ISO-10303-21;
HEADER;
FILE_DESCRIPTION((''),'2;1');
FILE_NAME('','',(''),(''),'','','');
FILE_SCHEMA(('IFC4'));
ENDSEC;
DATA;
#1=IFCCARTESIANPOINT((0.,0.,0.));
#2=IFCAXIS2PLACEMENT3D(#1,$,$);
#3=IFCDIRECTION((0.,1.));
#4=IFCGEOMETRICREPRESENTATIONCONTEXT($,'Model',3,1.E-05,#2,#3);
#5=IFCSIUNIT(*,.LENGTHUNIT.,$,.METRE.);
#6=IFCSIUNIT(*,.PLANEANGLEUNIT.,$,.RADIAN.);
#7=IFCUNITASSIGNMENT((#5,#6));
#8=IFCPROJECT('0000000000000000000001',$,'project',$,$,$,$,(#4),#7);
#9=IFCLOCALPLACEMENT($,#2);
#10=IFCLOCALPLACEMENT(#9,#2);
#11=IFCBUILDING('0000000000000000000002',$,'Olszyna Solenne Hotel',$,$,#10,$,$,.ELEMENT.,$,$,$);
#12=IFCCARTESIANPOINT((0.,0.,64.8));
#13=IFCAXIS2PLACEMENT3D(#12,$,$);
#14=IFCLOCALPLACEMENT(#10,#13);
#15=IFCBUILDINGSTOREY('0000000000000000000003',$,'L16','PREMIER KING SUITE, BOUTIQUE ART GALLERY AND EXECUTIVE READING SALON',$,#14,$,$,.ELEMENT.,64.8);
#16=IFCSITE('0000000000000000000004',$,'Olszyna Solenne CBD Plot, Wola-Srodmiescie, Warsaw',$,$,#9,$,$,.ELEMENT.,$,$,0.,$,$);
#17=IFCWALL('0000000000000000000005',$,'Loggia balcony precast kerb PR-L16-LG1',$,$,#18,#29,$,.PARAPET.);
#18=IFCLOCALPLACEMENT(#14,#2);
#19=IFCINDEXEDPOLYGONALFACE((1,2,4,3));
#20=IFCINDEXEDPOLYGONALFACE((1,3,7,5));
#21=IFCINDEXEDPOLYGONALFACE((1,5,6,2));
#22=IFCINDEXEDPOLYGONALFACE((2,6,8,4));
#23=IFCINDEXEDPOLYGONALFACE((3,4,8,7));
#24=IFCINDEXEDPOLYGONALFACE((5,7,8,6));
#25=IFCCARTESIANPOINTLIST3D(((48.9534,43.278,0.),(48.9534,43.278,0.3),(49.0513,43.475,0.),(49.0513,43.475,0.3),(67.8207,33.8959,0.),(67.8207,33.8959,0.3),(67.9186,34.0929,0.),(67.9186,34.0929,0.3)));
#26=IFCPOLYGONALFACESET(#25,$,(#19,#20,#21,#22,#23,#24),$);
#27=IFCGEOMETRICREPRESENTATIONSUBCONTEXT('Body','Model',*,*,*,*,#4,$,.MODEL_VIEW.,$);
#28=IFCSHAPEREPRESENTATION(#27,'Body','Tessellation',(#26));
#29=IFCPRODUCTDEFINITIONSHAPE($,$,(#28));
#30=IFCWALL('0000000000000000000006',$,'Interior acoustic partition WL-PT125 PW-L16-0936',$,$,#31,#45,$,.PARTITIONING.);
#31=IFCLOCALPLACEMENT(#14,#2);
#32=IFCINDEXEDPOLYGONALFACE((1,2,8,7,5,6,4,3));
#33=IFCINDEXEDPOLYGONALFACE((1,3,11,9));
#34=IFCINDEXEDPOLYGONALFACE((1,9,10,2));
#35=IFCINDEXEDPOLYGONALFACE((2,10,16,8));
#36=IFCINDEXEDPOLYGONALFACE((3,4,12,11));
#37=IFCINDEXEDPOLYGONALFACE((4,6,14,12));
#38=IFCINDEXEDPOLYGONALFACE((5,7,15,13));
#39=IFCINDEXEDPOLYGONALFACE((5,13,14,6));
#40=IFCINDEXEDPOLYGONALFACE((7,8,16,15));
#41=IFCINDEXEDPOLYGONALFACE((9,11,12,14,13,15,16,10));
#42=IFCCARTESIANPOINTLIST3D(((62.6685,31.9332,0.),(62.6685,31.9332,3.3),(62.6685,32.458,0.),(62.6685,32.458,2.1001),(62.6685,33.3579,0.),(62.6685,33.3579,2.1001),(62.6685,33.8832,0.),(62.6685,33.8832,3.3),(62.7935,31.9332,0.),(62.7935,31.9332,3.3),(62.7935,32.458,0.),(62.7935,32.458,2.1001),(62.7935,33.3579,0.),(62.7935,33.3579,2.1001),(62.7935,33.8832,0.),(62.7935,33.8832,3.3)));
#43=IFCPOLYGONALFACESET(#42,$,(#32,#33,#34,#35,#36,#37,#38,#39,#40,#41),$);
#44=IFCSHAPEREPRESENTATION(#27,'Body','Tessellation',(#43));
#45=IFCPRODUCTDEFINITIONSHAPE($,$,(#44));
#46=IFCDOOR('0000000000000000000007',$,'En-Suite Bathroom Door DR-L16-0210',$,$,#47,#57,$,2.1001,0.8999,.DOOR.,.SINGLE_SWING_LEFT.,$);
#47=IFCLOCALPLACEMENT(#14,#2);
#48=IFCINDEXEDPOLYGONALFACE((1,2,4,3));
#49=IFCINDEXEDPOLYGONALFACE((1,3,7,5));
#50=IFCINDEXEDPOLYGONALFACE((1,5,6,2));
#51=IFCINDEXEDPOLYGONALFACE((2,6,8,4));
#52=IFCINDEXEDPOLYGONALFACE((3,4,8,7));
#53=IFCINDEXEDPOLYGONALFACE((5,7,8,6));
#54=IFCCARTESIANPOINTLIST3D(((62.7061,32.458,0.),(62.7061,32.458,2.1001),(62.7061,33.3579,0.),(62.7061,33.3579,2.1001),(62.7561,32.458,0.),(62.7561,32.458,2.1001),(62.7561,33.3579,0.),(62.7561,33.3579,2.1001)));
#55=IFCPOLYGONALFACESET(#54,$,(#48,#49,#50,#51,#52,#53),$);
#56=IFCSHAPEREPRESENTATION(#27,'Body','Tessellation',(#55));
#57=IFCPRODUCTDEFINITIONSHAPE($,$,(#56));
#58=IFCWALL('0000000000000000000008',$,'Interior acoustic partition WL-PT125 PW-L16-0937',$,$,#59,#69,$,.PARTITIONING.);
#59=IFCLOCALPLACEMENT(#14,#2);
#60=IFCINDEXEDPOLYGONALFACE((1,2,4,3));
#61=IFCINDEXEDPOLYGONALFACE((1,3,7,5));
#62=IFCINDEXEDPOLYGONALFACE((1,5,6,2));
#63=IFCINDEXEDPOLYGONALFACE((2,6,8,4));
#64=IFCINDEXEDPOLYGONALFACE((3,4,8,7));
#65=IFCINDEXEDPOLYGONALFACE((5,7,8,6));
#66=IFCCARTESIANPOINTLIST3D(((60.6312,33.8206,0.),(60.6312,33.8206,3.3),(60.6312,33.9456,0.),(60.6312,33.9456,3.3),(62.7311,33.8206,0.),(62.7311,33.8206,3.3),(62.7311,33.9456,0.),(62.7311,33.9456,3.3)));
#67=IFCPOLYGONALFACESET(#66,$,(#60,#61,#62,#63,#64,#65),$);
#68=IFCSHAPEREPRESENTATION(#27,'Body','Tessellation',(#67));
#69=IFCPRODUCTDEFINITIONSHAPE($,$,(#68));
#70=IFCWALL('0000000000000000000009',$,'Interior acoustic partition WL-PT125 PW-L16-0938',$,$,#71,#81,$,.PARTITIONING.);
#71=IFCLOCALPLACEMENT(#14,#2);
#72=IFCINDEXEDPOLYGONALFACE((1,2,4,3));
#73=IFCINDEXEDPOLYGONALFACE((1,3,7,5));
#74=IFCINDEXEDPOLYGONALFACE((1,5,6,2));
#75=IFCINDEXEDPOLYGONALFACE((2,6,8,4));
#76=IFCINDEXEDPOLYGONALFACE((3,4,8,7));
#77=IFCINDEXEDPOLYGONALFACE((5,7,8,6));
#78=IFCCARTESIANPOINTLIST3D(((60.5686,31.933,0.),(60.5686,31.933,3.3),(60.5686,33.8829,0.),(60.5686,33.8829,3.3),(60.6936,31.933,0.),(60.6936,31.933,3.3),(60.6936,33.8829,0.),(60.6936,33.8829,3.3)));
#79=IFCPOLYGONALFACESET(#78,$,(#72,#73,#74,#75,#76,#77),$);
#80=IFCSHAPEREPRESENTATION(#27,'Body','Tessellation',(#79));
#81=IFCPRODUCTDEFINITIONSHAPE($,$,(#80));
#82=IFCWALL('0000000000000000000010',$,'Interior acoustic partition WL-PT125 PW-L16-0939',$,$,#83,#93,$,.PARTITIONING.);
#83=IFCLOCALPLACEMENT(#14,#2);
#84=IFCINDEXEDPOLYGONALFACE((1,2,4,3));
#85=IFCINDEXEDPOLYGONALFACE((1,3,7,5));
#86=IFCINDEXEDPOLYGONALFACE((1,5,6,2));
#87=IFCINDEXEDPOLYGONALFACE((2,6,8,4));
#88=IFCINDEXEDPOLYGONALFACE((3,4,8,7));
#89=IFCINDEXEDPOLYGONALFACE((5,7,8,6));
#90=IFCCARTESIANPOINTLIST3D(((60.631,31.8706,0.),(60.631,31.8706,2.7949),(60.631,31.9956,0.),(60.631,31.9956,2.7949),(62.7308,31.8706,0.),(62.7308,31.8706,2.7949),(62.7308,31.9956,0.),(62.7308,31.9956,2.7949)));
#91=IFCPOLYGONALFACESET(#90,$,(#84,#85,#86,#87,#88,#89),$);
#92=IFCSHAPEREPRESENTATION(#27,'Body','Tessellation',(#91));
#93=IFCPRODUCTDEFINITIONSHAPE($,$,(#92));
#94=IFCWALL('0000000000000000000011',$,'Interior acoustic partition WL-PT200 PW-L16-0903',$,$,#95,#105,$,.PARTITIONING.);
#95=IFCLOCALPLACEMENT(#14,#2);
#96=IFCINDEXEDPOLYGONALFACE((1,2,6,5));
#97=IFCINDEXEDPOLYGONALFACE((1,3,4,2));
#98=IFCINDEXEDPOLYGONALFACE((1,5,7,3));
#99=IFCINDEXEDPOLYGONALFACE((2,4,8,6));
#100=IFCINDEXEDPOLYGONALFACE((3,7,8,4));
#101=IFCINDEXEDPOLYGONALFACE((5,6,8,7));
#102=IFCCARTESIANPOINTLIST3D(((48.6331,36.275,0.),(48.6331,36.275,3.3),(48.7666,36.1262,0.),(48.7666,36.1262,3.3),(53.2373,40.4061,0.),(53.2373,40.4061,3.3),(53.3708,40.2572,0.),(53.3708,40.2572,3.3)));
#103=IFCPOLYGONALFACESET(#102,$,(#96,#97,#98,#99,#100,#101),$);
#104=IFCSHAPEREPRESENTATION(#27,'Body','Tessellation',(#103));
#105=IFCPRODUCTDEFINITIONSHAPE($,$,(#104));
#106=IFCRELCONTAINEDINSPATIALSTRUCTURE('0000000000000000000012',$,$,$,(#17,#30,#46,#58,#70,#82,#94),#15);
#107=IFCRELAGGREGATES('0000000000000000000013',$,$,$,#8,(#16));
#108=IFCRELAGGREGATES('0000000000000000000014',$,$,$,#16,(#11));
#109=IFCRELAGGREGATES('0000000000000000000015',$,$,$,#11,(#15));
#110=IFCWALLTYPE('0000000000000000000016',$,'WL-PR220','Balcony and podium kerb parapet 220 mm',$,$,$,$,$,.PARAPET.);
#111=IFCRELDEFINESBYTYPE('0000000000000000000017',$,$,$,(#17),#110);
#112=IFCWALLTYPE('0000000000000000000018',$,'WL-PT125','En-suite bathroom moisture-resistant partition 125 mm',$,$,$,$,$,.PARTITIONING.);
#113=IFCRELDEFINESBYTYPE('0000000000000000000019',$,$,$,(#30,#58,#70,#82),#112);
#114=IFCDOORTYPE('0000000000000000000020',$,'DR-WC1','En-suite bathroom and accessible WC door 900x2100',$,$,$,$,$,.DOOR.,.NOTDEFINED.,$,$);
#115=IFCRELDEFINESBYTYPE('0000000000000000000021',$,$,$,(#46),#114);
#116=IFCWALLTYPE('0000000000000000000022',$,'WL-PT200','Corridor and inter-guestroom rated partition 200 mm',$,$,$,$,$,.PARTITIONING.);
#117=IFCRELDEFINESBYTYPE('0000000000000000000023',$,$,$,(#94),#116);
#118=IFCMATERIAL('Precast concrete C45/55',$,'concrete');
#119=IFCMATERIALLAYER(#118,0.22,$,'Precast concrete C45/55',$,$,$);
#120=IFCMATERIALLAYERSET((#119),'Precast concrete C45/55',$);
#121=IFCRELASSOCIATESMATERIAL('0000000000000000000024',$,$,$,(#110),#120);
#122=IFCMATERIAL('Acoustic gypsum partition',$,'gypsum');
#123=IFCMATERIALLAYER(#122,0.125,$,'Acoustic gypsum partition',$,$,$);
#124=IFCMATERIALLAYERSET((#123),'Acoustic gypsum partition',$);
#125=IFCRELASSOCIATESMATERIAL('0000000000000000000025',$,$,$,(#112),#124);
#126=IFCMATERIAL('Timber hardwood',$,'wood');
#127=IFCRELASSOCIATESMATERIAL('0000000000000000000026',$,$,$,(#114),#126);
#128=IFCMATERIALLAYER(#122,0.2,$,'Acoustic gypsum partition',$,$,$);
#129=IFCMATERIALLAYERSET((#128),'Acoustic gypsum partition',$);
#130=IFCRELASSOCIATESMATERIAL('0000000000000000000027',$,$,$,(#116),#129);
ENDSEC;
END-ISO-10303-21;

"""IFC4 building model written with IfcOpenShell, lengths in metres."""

from ifc_helpers import new_model, si_unit, direction, frame, frame_2d, origin, place, context, subcontext, project, spatial, rectangle, extrude, source, transform, mapped, material, layer, layer_set, type_object, type_shapes, element, fill, save


model = new_model("IFC4")

# Units and contexts
model_context = context("Model", 3, precision=1e-05, world=origin(), true_north=direction((0.0, 1.0)))
body_context = subcontext(model_context, "Body", "Model", "MODEL_VIEW")
ifc_project = project(units=[si_unit("LENGTHUNIT", "METRE"), si_unit("PLANEANGLEUNIT", "RADIAN")], contexts=[model_context])

# Site, building, storey
site_placement = place(None, origin())
site = spatial("IfcSite", under=ifc_project, at=site_placement, Name="Olszyna Solenne CBD Plot, Wola-Srodmiescie, Warsaw", CompositionType="ELEMENT", RefElevation=0.0)
building_placement = place(site_placement, origin())
building = spatial("IfcBuilding", under=site, at=building_placement, Name="Olszyna Solenne Hotel", CompositionType="ELEMENT")
storey_placement = place(building_placement, frame((0.0, 0.0, 64.8)))
storey = spatial("IfcBuildingStorey", under=building, at=storey_placement, Name="L16", Description="PREMIER KING SUITE, BOUTIQUE ART GALLERY AND EXECUTIVE READING SALON", CompositionType="ELEMENT", Elevation=64.8)

# Shared definitions
ifc_material_1 = material(Name="Timber hardwood", Category="wood")

# Shared definitions
ifc_material_2 = material(Name="Precast concrete C45/55", Category="concrete")

# Wall
ifc_layer_1 = layer(ifc_material_2, 0.22, Name="Precast concrete C45/55")
ifc_layer_set_1 = layer_set([ifc_layer_1], Name="Precast concrete C45/55")
wall_type_1 = type_object("IfcWallType", Name="WL-PR220", Description="Balcony and podium kerb parapet 220 mm", PredefinedType="PARAPET", material=ifc_layer_set_1)
wall_1_placement = place(storey_placement, frame((67.8696, 33.9944, 0.0), z_axis=(0.0, 0.0, 1.0), x_axis=(-0.895403, 0.445257, 0.0)))
element("IfcWall", 1, at=wall_1_placement, inside=storey, type_object=wall_type_1, Name="Loggia balcony precast kerb PR-L16-LG1", PredefinedType="PARAPET", context=body_context, shape_type="SweptSolid", body=[
    extrude(rectangle(XDim=21.0713, YDim=0.22, at=frame_2d((10.5356, 0.0))), origin(), (0.0, 0.0, 1.0), 0.3),
])

# Wall, opening, door
ifc_material_3 = material(Name="Acoustic gypsum partition", Category="gypsum")
ifc_layer_2 = layer(ifc_material_3, 0.125, Name="Acoustic gypsum partition")
ifc_layer_set_2 = layer_set([ifc_layer_2], Name="Acoustic gypsum partition")
wall_type_2 = type_object("IfcWallType", Name="WL-PT125", Description="En-suite bathroom moisture-resistant partition 125 mm", PredefinedType="PARTITIONING", material=ifc_layer_set_2)
wall_2_placement = place(storey_placement, frame((62.731, 31.9331, 0.0), z_axis=(0.0, 0.0, 1.0), x_axis=(0.0, 1.0, 0.0)))
wall_2 = element("IfcWall", 2, at=wall_2_placement, inside=storey, type_object=wall_type_2, Name="Interior acoustic partition WL-PT125 PW-L16-0936", PredefinedType="PARTITIONING", context=body_context, shape_type="SweptSolid", body=[
    extrude(rectangle(XDim=1.95, YDim=0.125, at=frame_2d((0.9751, 0.0))), origin(), (0.0, 0.0, 1.0), 3.3),
])
opening_1_placement = place(wall_2_placement, frame((0.5249, 0.0, 0.0)))
opening_1 = element("IfcOpeningElement", 3, at=opening_1_placement, cuts=wall_2, PredefinedType="OPENING", context=body_context, shape_type="SweptSolid", body=[
    extrude(rectangle(XDim=0.8999, YDim=2.1001, at=frame_2d((0.45, 1.05))), frame((0.0, 0.0725, 0.0), z_axis=(0.0, -1.0, 0.0), x_axis=(1.0, 0.0, 0.0)), (0.0, 0.0, 1.0), 0.145),
])
door_type_1 = type_object("IfcDoorType", Name="DR-WC1", Description="En-suite bathroom and accessible WC door 900x2100", OperationType="NOTDEFINED", PredefinedType="DOOR", material=ifc_material_1)
shared_shape_1 = source(origin(), body_context, "Body", "SweptSolid", [
    extrude(rectangle(XDim=0.8999, YDim=2.1001, at=frame_2d((0.45, 1.05))), frame((0.0, 0.0249, 0.0), z_axis=(0.0, -1.0, 0.0), x_axis=(1.0, 0.0, 0.0)), (0.0, 0.0, 1.0), 0.05),
])
type_shapes(door_type_1, [shared_shape_1])
door_1_placement = place(opening_1_placement, origin())
door_1 = element("IfcDoor", 4, at=door_1_placement, inside=storey, type_object=door_type_1, Name="En-Suite Bathroom Door DR-L16-0210", OperationType="SINGLE_SWING_LEFT", OverallHeight=2.1001, OverallWidth=0.8999, PredefinedType="DOOR", context=body_context, shape_type="MappedRepresentation", body=[
    mapped(shared_shape_1, transform((0.0, 0.0, 0.0), x_axis=(1.0, 0.0, 0.0), y_axis=(0.0, 1.0, 0.0), z_axis=(0.0, 0.0, 1.0), scale=1.0)),
])
fill(opening_1, door_1)

# Walls
wall_3_placement = place(storey_placement, frame((62.731, 33.8831, 0.0), z_axis=(0.0, 0.0, 1.0), x_axis=(-1.0, 0.0, 0.0)))
element("IfcWall", 5, at=wall_3_placement, inside=storey, type_object=wall_type_2, Name="Interior acoustic partition WL-PT125 PW-L16-0937", PredefinedType="PARTITIONING", context=body_context, shape_type="SweptSolid", body=[
    extrude(rectangle(XDim=2.0999, YDim=0.125, at=frame_2d((1.0498, 0.0))), origin(), (0.0, 0.0, 1.0), 3.3),
])
wall_4_placement = place(storey_placement, frame((60.6311, 33.8831, 0.0), z_axis=(0.0, 0.0, 1.0), x_axis=(0.0, -1.0, 0.0)))
element("IfcWall", 6, at=wall_4_placement, inside=storey, type_object=wall_type_2, Name="Interior acoustic partition WL-PT125 PW-L16-0938", PredefinedType="PARTITIONING", context=body_context, shape_type="SweptSolid", body=[
    extrude(rectangle(XDim=1.95, YDim=0.125, at=frame_2d((0.9751, 0.0))), origin(), (0.0, 0.0, 1.0), 3.3),
])
wall_5_placement = place(storey_placement, frame((60.6311, 31.9331, 0.0), z_axis=(0.0, 0.0, 1.0), x_axis=(1.0, 0.0, 0.0)))
element("IfcWall", 7, at=wall_5_placement, inside=storey, type_object=wall_type_2, Name="Interior acoustic partition WL-PT125 PW-L16-0939", PredefinedType="PARTITIONING", context=body_context, shape_type="SweptSolid", body=[
    extrude(rectangle(XDim=2.0999, YDim=0.125, at=frame_2d((1.0498, 0.0))), origin(), (0.0, 0.0, 1.0), 2.7949),
])
ifc_layer_3 = layer(ifc_material_3, 0.2, Name="Acoustic gypsum partition")
ifc_layer_set_3 = layer_set([ifc_layer_3], Name="Acoustic gypsum partition")
wall_type_3 = type_object("IfcWallType", Name="WL-PT200", Description="Corridor and inter-guestroom rated partition 200 mm", PredefinedType="PARTITIONING", material=ifc_layer_set_3)
wall_6_placement = place(storey_placement, frame((48.7, 36.2007, 0.0), z_axis=(0.0, 0.0, 1.0), x_axis=(0.744316, 0.667828, 0.0)))
element("IfcWall", 8, at=wall_6_placement, inside=storey, type_object=wall_type_3, Name="Interior acoustic partition WL-PT200 PW-L16-0903", PredefinedType="PARTITIONING", context=body_context, shape_type="SweptSolid", body=[
    extrude(rectangle(XDim=6.1858, YDim=0.2, at=frame_2d((3.0928, 0.0))), origin(), (0.0, 0.0, 1.0), 3.3),
])

save(model, "model.ifc")
